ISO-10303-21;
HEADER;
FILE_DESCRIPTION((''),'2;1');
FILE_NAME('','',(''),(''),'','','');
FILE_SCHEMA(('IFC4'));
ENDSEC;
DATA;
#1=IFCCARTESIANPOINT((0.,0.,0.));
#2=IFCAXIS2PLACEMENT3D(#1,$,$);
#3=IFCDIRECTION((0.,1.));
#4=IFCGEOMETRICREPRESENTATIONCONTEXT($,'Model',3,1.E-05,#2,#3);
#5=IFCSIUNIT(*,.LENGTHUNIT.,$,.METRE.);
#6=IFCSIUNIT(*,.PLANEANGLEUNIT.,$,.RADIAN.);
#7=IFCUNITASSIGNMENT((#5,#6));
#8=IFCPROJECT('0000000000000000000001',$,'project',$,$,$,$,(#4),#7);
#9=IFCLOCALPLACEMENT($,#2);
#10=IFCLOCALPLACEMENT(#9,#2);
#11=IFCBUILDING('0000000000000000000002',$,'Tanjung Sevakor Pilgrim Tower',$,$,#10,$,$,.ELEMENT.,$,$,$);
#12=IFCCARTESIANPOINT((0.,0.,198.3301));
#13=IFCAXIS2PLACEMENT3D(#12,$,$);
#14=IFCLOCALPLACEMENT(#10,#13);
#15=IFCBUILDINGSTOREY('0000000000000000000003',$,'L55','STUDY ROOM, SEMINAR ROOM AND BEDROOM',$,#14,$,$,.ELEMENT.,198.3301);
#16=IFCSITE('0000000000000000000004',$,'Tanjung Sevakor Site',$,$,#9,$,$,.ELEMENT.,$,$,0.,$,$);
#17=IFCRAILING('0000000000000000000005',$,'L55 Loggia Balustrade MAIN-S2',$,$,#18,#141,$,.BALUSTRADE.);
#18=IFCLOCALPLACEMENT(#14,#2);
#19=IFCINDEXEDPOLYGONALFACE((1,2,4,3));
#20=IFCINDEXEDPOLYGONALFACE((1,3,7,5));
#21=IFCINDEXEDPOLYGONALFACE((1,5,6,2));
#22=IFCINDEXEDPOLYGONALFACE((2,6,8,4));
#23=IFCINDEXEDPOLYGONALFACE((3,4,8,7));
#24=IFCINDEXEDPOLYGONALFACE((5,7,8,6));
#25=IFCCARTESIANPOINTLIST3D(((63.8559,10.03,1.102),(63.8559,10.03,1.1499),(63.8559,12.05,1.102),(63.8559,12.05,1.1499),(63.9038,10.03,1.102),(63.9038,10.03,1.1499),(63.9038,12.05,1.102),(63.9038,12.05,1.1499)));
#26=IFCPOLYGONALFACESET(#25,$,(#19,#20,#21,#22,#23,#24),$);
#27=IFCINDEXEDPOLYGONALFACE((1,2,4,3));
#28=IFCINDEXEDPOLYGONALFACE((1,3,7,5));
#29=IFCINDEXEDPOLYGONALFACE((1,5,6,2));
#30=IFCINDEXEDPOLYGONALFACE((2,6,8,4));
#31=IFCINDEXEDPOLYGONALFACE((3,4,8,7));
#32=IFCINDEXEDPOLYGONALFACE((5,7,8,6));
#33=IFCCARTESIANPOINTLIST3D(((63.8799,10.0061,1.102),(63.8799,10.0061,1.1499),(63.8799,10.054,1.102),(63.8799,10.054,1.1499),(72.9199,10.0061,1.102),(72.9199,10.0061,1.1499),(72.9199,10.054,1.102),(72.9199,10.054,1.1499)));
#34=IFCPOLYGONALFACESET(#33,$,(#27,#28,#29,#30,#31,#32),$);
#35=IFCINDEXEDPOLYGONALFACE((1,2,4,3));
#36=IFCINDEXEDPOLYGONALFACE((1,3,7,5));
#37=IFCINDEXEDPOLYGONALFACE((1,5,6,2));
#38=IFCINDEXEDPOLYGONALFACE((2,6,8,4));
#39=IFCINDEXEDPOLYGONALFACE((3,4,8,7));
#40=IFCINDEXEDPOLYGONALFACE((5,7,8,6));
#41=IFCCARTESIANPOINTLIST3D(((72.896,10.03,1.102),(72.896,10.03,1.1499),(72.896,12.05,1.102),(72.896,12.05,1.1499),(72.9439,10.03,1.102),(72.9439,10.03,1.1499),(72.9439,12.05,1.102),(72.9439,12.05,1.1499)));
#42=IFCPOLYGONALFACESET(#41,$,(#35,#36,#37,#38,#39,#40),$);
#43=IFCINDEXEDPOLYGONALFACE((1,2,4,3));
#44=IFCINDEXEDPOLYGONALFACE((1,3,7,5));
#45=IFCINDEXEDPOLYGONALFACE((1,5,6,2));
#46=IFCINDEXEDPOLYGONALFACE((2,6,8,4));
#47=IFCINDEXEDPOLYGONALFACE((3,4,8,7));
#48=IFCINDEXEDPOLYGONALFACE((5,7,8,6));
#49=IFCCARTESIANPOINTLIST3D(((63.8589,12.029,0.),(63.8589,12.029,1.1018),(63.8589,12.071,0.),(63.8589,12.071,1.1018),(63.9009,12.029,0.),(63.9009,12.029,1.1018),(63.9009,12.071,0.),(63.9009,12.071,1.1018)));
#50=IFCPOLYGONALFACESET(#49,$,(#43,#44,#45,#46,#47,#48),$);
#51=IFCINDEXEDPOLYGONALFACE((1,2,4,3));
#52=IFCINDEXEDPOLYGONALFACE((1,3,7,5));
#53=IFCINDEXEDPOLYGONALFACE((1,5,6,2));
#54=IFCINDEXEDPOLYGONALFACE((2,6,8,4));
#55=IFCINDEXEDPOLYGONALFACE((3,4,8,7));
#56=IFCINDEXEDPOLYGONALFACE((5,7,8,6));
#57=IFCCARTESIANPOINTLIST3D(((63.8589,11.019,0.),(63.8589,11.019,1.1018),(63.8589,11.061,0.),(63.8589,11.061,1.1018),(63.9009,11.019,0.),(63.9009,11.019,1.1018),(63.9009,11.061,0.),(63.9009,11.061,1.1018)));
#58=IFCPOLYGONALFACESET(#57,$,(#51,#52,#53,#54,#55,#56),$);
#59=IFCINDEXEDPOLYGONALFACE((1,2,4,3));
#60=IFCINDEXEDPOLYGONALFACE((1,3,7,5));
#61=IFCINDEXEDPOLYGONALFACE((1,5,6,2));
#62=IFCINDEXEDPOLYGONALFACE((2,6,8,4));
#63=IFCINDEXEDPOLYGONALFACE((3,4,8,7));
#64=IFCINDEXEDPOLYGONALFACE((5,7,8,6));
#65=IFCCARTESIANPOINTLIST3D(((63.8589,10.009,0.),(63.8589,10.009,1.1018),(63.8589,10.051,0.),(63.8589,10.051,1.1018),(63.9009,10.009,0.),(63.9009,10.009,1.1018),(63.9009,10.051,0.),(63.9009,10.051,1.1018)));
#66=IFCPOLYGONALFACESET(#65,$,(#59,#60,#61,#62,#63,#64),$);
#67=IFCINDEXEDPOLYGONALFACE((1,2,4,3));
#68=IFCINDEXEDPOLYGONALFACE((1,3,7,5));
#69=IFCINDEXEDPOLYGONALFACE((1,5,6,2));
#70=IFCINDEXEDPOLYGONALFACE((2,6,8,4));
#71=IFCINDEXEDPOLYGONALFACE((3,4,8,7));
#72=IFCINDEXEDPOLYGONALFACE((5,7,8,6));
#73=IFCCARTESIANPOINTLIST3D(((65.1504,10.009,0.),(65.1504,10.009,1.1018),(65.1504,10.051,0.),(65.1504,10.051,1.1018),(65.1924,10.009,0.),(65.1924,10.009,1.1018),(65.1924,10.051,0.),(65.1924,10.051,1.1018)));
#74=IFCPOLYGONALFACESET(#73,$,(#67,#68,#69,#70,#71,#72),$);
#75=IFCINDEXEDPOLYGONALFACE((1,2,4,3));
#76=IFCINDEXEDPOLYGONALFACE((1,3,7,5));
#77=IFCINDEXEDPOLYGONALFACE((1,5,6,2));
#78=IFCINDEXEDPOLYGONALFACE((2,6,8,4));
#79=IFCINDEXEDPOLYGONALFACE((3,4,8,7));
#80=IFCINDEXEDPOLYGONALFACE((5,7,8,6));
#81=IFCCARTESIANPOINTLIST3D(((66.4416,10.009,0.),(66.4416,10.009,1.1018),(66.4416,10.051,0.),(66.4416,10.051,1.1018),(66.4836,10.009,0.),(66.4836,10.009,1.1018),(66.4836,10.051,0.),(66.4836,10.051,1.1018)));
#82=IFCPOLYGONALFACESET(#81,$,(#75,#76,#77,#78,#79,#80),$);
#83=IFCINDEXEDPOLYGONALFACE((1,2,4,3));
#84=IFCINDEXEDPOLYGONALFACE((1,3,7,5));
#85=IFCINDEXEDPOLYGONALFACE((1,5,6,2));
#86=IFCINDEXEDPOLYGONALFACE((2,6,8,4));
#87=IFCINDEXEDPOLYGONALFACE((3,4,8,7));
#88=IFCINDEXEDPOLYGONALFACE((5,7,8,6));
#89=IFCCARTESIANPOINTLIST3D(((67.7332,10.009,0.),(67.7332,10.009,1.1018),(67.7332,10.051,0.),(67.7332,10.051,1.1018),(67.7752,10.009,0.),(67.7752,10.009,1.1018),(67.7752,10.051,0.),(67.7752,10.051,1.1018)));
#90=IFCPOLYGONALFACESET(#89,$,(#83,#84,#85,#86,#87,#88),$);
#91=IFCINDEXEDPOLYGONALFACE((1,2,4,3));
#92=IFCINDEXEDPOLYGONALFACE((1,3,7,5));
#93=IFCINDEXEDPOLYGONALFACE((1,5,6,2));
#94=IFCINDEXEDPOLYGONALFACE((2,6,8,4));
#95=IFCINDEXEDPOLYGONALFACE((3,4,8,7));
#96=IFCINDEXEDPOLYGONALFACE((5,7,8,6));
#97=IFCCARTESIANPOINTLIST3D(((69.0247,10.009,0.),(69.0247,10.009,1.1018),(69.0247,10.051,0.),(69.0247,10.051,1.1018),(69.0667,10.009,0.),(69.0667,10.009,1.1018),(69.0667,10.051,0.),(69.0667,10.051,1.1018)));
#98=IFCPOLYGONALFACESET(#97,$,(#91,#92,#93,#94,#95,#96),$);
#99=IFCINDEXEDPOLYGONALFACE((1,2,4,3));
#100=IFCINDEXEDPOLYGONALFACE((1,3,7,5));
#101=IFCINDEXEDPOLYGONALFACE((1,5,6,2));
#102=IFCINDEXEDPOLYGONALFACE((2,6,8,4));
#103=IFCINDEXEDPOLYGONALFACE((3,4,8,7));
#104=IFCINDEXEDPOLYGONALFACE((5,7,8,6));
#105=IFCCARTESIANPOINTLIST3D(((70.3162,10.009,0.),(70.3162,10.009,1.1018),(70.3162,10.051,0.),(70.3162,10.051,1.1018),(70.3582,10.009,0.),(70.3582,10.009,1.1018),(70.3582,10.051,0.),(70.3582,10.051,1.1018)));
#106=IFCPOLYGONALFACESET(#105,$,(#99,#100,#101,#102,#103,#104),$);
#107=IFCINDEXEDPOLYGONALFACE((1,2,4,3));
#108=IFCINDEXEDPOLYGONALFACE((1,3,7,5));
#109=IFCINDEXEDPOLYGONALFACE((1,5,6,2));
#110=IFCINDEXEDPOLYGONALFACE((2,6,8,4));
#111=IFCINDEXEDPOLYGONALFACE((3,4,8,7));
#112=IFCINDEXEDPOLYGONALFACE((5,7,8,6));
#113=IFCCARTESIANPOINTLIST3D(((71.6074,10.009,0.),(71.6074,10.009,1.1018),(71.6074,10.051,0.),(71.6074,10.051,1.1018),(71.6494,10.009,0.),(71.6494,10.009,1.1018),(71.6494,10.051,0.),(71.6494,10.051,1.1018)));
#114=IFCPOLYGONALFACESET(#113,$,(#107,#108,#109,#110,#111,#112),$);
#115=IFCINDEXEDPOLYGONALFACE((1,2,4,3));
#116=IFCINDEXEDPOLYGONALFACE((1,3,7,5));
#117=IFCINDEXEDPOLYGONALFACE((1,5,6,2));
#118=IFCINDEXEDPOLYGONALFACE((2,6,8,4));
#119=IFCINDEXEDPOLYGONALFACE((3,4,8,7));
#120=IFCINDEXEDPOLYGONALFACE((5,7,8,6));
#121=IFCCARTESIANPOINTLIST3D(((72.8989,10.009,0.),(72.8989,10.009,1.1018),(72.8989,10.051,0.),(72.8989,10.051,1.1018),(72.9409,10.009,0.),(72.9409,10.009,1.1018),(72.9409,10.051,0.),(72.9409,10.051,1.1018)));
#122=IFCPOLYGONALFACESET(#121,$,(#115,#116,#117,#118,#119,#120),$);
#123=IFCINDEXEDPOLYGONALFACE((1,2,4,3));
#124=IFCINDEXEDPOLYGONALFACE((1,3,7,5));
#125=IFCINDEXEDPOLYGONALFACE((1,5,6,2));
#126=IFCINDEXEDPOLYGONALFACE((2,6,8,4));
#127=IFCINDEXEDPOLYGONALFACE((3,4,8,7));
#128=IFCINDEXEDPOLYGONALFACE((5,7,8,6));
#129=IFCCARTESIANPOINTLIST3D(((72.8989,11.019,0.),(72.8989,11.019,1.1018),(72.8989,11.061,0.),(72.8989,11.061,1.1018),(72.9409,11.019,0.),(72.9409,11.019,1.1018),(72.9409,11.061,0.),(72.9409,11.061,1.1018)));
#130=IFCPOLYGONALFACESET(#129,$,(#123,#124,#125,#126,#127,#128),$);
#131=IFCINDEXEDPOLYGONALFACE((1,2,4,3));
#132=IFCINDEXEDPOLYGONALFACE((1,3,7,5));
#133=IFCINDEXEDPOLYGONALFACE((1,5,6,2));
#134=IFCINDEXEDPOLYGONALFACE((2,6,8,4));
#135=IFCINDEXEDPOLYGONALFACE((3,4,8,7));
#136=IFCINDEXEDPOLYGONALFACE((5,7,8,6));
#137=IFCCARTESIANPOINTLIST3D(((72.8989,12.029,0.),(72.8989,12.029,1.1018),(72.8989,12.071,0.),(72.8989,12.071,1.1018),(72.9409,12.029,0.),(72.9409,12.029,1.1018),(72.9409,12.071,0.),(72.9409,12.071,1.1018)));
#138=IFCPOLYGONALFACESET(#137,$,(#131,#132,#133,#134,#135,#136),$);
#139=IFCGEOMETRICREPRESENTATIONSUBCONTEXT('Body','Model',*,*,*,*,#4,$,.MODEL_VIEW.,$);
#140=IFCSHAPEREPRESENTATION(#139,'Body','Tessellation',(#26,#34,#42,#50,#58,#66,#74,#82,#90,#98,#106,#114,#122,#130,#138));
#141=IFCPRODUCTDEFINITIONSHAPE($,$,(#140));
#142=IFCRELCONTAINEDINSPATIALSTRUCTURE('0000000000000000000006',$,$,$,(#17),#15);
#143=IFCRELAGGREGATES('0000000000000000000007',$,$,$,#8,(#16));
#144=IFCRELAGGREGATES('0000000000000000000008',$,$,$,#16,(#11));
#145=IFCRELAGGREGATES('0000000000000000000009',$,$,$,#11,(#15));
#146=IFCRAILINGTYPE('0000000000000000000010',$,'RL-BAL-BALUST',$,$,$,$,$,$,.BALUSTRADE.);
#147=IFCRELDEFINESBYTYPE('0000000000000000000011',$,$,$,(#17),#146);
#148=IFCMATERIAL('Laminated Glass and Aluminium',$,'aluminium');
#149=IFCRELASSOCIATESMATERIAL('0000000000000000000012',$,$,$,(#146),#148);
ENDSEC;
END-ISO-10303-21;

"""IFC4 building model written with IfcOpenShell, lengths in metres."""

from ifc_helpers import new_model, si_unit, direction, frame, origin, place, context, subcontext, project, spatial, rectangle, extrude, material, type_object, element, save


model = new_model("IFC4")

# Units and contexts
model_context = context("Model", 3, precision=1e-05, world=origin(), true_north=direction((0.0, 1.0)))
body_context = subcontext(model_context, "Body", "Model", "MODEL_VIEW")
ifc_project = project(units=[si_unit("LENGTHUNIT", "METRE"), si_unit("PLANEANGLEUNIT", "RADIAN")], contexts=[model_context])

# Site, building, storey
site_placement = place(None, origin())
site = spatial("IfcSite", under=ifc_project, at=site_placement, Name="Tanjung Sevakor Site", CompositionType="ELEMENT", RefElevation=0.0)
building_placement = place(site_placement, origin())
building = spatial("IfcBuilding", under=site, at=building_placement, Name="Tanjung Sevakor Pilgrim Tower", CompositionType="ELEMENT")
storey_placement = place(building_placement, frame((0.0, 0.0, 198.3301)))
storey = spatial("IfcBuildingStorey", under=building, at=storey_placement, Name="L55", Description="STUDY ROOM, SEMINAR ROOM AND BEDROOM", CompositionType="ELEMENT", Elevation=198.3301)

# Railing
ifc_material_1 = material(Name="Laminated Glass and Aluminium", Category="aluminium")
railing_type = type_object("IfcRailingType", Name="RL-BAL-BALUST", PredefinedType="BALUSTRADE", material=ifc_material_1)
railing_placement = place(storey_placement, frame((63.8799, 12.05, 0.0)))
element("IfcRailing", 1, at=railing_placement, inside=storey, type_object=railing_type, Name="L55 Loggia Balustrade MAIN-S2", PredefinedType="BALUSTRADE", context=body_context, shape_type="SweptSolid", body=[
    extrude(rectangle(XDim=0.0479, YDim=0.0479), frame((0.0, 0.0, 1.126), z_axis=(0.0, -1.0, 0.0), x_axis=(1.0, 0.0, 0.0)), (0.0, 0.0, 1.0), 2.02),
    extrude(rectangle(XDim=0.0479, YDim=0.0479), frame((0.0, -2.02, 1.126), z_axis=(1.0, 0.0, 0.0), x_axis=(0.0, 1.0, 0.0)), (0.0, 0.0, 1.0), 9.04),
    extrude(rectangle(XDim=0.0479, YDim=0.0479), frame((9.04, -2.02, 1.126), z_axis=(0.0, 1.0, 0.0), x_axis=(-1.0, 0.0, 0.0)), (0.0, 0.0, 1.0), 2.02),
    extrude(rectangle(XDim=0.042, YDim=0.042), origin(), (0.0, 0.0, 1.0), 1.1018),
    extrude(rectangle(XDim=0.042, YDim=0.042), frame((0.0, -1.01, 0.0)), (0.0, 0.0, 1.0), 1.1018),
    extrude(rectangle(XDim=0.042, YDim=0.042), frame((0.0, -2.02, 0.0)), (0.0, 0.0, 1.0), 1.1018),
    extrude(rectangle(XDim=0.042, YDim=0.042), frame((1.2915, -2.02, 0.0)), (0.0, 0.0, 1.0), 1.1018),
    extrude(rectangle(XDim=0.042, YDim=0.042), frame((2.5828, -2.02, 0.0)), (0.0, 0.0, 1.0), 1.1018),
    extrude(rectangle(XDim=0.042, YDim=0.042), frame((3.8743, -2.02, 0.0)), (0.0, 0.0, 1.0), 1.1018),
    extrude(rectangle(XDim=0.042, YDim=0.042), frame((5.1658, -2.02, 0.0)), (0.0, 0.0, 1.0), 1.1018),
    extrude(rectangle(XDim=0.042, YDim=0.042), frame((6.4573, -2.02, 0.0)), (0.0, 0.0, 1.0), 1.1018),
    extrude(rectangle(XDim=0.042, YDim=0.042), frame((7.7485, -2.02, 0.0)), (0.0, 0.0, 1.0), 1.1018),
    extrude(rectangle(XDim=0.042, YDim=0.042), frame((9.04, -2.02, 0.0)), (0.0, 0.0, 1.0), 1.1018),
    extrude(rectangle(XDim=0.042, YDim=0.042), frame((9.04, -1.01, 0.0)), (0.0, 0.0, 1.0), 1.1018),
    extrude(rectangle(XDim=0.042, YDim=0.042), frame((9.04, 0.0, 0.0)), (0.0, 0.0, 1.0), 1.1018),
])

save(model, "model.ifc")
